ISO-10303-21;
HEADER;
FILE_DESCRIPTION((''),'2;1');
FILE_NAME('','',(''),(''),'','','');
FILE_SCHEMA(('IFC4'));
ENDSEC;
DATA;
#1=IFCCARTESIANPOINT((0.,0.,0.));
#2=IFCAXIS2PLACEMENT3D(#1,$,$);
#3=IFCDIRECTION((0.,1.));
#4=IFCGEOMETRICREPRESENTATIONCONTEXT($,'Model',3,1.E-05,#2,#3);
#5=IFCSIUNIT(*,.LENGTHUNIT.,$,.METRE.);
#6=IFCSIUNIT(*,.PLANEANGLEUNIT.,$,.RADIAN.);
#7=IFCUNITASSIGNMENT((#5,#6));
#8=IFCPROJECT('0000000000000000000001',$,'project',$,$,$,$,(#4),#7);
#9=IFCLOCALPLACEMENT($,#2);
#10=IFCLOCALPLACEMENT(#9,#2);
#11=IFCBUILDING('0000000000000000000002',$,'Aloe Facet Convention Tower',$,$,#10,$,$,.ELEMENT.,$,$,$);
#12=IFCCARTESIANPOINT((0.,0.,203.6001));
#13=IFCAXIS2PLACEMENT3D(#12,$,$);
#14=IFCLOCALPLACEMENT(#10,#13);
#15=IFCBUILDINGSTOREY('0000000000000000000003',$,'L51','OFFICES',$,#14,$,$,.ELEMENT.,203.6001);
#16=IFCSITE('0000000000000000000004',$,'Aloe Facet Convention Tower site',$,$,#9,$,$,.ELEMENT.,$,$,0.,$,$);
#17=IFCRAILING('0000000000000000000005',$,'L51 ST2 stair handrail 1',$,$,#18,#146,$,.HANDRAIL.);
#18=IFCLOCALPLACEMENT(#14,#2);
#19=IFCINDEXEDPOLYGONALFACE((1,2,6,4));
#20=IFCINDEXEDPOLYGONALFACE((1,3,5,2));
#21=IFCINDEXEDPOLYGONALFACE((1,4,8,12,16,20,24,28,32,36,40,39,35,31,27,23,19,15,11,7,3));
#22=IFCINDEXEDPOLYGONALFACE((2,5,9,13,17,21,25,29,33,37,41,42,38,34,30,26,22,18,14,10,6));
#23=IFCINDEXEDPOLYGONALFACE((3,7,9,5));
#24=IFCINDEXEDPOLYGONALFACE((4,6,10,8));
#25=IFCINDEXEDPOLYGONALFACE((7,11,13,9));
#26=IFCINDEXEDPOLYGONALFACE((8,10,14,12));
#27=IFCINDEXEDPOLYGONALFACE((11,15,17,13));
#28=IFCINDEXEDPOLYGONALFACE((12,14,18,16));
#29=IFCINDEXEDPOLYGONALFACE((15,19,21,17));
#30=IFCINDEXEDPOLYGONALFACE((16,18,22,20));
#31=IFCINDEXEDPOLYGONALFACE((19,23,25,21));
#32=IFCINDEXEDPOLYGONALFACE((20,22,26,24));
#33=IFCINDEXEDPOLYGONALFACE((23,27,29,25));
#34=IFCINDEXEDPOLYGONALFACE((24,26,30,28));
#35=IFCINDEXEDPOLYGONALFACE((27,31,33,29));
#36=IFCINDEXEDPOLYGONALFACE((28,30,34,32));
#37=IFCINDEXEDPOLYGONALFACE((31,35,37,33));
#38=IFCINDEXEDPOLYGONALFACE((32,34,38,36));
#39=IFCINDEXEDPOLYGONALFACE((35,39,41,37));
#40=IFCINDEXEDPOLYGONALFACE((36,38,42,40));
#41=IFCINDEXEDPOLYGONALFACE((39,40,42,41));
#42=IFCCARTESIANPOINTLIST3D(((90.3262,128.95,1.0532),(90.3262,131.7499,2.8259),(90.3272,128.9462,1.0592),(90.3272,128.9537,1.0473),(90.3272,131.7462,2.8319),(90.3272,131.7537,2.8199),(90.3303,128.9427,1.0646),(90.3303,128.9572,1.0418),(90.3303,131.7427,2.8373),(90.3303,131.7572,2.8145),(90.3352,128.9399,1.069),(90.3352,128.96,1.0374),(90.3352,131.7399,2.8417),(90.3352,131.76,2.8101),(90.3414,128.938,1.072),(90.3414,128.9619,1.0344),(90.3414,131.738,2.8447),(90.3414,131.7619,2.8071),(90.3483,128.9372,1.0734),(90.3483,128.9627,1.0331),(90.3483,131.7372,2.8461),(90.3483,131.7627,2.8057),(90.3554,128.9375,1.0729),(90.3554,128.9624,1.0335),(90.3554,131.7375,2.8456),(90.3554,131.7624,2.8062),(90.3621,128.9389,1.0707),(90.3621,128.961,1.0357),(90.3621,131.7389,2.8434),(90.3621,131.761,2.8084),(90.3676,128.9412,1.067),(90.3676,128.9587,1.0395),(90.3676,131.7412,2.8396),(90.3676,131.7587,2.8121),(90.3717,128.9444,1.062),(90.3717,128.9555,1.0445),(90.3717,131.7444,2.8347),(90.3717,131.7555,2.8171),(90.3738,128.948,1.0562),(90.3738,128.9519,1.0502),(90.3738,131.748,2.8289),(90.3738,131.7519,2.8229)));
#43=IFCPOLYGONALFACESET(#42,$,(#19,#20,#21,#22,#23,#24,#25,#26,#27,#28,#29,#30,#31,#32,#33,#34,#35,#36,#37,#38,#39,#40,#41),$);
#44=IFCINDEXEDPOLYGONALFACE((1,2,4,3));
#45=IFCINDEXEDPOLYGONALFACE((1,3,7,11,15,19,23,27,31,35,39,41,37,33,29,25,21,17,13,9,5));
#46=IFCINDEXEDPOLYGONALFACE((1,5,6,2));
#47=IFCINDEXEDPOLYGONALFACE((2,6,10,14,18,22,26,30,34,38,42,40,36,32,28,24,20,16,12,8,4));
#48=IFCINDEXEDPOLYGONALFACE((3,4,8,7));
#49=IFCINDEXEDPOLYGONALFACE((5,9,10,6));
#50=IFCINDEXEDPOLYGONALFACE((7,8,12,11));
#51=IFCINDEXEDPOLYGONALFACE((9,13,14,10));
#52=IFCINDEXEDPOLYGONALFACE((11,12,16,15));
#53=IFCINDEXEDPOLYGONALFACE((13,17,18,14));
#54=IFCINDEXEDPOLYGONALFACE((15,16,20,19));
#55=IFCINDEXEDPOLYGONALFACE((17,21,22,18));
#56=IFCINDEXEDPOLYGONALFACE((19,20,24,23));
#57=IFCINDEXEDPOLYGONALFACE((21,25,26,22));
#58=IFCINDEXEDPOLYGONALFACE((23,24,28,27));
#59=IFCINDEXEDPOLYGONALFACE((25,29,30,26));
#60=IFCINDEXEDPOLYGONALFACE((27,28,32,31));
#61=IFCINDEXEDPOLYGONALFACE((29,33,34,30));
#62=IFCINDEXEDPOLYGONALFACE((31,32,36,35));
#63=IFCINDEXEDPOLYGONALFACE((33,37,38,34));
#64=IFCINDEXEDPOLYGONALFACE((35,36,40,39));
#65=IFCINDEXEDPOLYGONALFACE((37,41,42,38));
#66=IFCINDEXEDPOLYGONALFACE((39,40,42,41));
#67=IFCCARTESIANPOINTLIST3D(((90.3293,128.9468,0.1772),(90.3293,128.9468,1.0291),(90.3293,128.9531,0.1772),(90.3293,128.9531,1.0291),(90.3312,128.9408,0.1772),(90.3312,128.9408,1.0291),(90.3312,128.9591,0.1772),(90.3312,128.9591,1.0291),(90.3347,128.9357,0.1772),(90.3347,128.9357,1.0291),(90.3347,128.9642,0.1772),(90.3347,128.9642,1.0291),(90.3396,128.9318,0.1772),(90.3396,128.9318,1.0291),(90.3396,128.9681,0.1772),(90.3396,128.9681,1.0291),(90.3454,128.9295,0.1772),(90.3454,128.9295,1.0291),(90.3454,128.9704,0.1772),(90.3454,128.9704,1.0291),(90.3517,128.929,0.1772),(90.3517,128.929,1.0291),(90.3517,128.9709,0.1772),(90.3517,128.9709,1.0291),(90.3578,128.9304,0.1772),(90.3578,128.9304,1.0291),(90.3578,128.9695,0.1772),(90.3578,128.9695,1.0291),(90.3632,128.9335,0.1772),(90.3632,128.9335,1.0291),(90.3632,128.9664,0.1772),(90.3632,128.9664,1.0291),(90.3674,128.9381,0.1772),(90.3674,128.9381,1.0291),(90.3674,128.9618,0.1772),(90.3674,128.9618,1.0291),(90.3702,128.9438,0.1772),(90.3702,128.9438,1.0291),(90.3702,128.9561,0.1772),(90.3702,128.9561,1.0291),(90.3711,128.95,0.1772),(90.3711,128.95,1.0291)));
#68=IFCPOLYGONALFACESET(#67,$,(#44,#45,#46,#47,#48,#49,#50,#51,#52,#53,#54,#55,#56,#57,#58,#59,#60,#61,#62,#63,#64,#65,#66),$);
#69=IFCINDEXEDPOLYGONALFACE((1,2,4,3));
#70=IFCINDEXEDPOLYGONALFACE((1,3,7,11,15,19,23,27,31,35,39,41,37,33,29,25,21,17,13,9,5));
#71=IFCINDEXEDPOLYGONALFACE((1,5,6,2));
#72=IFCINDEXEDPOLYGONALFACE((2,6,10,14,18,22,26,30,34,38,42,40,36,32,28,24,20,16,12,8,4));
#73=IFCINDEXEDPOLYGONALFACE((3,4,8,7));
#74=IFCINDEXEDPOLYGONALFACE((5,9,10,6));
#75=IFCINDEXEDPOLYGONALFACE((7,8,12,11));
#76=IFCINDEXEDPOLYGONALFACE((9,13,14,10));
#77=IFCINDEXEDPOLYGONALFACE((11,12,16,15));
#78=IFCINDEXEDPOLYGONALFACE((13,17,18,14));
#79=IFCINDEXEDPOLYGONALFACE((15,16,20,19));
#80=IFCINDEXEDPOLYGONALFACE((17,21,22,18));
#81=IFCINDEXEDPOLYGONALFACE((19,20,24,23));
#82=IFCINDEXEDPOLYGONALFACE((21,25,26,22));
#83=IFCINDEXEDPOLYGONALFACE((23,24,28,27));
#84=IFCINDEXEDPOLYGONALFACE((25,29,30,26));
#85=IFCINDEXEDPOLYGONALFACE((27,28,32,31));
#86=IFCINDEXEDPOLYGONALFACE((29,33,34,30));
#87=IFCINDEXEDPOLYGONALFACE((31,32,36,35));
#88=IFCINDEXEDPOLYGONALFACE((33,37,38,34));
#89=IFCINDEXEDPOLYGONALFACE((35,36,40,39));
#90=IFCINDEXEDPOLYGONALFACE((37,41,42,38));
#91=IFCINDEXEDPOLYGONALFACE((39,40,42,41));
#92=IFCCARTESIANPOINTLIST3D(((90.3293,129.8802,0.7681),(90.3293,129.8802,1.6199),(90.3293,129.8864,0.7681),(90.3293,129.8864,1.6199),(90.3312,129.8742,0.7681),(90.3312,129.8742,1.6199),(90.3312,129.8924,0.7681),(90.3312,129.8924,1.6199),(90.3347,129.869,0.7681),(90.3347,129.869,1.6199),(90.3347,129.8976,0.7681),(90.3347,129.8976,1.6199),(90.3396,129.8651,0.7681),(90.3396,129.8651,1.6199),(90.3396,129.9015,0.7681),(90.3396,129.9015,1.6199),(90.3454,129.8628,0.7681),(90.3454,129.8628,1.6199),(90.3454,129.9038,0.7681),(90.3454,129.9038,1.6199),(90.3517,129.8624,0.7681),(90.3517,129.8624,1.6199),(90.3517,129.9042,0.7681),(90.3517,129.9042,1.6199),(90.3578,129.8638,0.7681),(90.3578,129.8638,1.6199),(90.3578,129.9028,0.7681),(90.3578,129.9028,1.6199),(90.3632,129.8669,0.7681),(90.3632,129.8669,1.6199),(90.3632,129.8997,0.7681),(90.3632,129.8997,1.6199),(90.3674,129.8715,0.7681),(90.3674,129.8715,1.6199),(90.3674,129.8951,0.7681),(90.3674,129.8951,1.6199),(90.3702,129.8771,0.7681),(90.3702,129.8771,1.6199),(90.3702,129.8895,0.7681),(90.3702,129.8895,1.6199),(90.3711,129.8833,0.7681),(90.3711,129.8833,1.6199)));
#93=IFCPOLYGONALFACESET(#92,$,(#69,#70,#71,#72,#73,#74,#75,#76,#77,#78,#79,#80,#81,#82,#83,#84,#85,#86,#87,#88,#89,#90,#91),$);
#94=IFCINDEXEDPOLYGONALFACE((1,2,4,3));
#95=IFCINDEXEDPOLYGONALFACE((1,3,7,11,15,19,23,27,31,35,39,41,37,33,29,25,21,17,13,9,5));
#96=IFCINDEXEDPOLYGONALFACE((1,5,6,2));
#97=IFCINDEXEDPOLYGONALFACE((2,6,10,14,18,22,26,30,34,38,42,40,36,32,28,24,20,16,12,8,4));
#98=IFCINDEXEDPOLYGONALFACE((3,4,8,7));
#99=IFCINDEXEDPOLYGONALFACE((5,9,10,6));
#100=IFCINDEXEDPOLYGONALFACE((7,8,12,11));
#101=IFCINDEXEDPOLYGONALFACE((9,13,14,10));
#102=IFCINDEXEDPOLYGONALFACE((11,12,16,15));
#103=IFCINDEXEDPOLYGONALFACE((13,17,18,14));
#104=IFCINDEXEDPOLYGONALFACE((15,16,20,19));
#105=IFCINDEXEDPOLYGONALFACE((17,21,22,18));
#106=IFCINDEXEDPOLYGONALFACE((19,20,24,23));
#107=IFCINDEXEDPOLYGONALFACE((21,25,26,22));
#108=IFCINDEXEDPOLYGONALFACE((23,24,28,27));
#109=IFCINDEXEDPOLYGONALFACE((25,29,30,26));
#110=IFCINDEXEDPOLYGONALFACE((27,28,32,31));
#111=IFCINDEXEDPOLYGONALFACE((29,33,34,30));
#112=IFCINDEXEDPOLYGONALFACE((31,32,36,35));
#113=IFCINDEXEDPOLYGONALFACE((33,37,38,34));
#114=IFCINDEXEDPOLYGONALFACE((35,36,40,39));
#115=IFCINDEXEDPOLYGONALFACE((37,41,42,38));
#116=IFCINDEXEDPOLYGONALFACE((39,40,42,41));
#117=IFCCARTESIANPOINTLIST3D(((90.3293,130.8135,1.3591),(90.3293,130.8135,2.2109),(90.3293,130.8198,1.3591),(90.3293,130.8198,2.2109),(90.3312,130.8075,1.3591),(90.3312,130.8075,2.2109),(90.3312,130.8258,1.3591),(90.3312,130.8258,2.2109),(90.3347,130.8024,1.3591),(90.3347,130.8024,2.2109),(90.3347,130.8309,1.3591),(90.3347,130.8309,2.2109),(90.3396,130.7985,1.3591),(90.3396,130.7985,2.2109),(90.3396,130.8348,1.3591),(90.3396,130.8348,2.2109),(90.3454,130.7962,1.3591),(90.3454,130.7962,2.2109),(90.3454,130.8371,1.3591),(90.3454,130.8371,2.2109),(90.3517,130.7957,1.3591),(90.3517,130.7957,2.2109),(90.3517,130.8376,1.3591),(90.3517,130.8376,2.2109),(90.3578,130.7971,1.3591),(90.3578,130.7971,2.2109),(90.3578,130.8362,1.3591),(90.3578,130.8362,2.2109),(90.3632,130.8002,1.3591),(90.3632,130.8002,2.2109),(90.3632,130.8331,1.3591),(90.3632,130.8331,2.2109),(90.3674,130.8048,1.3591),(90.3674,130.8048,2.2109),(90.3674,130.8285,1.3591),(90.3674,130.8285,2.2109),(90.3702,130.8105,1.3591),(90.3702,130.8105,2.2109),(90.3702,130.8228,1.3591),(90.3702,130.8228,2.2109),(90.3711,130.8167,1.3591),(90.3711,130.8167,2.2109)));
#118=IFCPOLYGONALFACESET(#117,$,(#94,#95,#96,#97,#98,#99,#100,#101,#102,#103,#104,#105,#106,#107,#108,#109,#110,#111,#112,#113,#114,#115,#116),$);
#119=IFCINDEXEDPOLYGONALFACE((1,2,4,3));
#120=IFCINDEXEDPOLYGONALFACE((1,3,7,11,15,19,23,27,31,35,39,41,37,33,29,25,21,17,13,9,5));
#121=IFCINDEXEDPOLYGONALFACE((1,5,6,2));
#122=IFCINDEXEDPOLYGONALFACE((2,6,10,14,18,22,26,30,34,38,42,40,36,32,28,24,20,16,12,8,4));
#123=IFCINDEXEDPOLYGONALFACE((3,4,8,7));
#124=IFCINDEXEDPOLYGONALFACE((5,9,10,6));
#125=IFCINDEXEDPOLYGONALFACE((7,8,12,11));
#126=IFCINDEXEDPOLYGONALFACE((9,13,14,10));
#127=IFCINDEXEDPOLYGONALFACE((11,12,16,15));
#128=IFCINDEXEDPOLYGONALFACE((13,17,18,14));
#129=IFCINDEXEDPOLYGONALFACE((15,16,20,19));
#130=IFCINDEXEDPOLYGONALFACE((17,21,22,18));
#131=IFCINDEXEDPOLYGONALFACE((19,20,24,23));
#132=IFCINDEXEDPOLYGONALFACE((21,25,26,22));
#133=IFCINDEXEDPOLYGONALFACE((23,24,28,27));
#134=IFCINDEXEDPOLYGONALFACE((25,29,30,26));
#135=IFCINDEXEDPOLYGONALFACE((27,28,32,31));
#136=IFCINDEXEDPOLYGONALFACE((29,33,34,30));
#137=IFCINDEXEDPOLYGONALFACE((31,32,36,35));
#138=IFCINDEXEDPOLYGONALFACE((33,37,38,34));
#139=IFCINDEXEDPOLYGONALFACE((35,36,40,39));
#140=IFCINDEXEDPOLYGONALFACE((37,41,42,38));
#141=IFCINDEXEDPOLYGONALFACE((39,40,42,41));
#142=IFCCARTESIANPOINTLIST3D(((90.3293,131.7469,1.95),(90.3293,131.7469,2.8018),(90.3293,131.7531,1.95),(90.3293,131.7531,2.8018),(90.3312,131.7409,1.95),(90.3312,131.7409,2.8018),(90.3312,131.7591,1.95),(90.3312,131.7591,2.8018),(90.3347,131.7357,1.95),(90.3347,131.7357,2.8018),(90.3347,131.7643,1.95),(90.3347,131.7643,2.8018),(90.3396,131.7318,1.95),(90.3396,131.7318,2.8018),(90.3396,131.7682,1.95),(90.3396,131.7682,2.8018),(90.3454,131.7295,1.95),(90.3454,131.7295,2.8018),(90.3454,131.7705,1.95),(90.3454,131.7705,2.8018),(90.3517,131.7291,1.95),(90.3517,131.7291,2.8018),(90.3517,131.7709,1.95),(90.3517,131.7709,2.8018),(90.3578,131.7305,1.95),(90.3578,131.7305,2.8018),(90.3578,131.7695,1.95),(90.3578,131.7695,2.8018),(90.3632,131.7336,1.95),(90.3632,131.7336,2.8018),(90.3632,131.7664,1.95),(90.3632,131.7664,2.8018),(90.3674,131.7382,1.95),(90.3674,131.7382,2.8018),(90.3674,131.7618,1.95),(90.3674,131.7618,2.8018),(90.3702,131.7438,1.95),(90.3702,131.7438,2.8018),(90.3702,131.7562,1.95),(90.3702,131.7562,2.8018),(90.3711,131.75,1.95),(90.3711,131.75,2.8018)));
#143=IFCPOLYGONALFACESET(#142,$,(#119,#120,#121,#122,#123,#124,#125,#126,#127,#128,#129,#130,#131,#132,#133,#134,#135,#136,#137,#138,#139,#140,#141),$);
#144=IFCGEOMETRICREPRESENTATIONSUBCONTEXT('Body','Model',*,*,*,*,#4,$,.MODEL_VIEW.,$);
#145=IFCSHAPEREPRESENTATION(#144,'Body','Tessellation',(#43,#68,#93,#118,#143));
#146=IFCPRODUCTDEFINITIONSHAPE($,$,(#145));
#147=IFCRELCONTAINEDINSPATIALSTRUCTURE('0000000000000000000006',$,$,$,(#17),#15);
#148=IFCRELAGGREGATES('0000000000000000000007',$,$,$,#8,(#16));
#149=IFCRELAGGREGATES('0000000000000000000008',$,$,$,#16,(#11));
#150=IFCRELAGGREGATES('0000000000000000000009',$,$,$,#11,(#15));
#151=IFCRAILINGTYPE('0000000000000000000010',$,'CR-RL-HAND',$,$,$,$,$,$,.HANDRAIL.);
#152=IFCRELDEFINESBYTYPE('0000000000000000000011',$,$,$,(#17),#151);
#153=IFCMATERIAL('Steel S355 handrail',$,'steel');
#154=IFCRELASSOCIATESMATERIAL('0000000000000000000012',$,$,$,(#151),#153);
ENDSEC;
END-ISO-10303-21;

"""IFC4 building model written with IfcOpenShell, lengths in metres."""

from ifc_helpers import new_model, si_unit, direction, frame, origin, origin_2d, place, context, subcontext, project, spatial, circle, extrude, material, type_object, element, save


model = new_model("IFC4")

# Units and contexts
model_context = context("Model", 3, precision=1e-05, world=origin(), true_north=direction((0.0, 1.0)))
body_context = subcontext(model_context, "Body", "Model", "MODEL_VIEW")
ifc_project = project(units=[si_unit("LENGTHUNIT", "METRE"), si_unit("PLANEANGLEUNIT", "RADIAN")], contexts=[model_context])

# Site, building, storey
site_placement = place(None, origin())
site = spatial("IfcSite", under=ifc_project, at=site_placement, Name="Aloe Facet Convention Tower site", CompositionType="ELEMENT", RefElevation=0.0)
building_placement = place(site_placement, origin())
building = spatial("IfcBuilding", under=site, at=building_placement, Name="Aloe Facet Convention Tower", CompositionType="ELEMENT")
storey_placement = place(building_placement, frame((0.0, 0.0, 203.6001)))
storey = spatial("IfcBuildingStorey", under=building, at=storey_placement, Name="L51", Description="OFFICES", CompositionType="ELEMENT", Elevation=203.6001)

# Railing
ifc_material_1 = material(Name="Steel S355 handrail", Category="steel")
railing_type_1 = type_object("IfcRailingType", Name="CR-RL-HAND", PredefinedType="HANDRAIL", material=ifc_material_1)
railing_1_placement = place(storey_placement, frame((90.3501, 128.95, 0.1772)))
element("IfcRailing", 1, at=railing_1_placement, inside=storey, type_object=railing_type_1, Name="L51 ST2 stair handrail 1", PredefinedType="HANDRAIL", context=body_context, shape_type="SweptSolid", body=[
    extrude(circle(Radius=0.0239, at=origin_2d()), frame((0.0, 0.0, 0.876), z_axis=(0.0, 0.844909, 0.53491), x_axis=(-1.0, 0.0, 0.0)), (0.0, 0.0, 1.0), 3.314),
    extrude(circle(Radius=0.021, at=origin_2d()), origin(), (0.0, 0.0, 1.0), 0.8518),
    extrude(circle(Radius=0.021, at=origin_2d()), frame((0.0, 0.9333, 0.5908)), (0.0, 0.0, 1.0), 0.8518),
    extrude(circle(Radius=0.021, at=origin_2d()), frame((0.0, 1.8667, 1.1819)), (0.0, 0.0, 1.0), 0.8518),
    extrude(circle(Radius=0.021, at=origin_2d()), frame((0.0, 2.8, 1.7727)), (0.0, 0.0, 1.0), 0.8518),
])

save(model, "model.ifc")
